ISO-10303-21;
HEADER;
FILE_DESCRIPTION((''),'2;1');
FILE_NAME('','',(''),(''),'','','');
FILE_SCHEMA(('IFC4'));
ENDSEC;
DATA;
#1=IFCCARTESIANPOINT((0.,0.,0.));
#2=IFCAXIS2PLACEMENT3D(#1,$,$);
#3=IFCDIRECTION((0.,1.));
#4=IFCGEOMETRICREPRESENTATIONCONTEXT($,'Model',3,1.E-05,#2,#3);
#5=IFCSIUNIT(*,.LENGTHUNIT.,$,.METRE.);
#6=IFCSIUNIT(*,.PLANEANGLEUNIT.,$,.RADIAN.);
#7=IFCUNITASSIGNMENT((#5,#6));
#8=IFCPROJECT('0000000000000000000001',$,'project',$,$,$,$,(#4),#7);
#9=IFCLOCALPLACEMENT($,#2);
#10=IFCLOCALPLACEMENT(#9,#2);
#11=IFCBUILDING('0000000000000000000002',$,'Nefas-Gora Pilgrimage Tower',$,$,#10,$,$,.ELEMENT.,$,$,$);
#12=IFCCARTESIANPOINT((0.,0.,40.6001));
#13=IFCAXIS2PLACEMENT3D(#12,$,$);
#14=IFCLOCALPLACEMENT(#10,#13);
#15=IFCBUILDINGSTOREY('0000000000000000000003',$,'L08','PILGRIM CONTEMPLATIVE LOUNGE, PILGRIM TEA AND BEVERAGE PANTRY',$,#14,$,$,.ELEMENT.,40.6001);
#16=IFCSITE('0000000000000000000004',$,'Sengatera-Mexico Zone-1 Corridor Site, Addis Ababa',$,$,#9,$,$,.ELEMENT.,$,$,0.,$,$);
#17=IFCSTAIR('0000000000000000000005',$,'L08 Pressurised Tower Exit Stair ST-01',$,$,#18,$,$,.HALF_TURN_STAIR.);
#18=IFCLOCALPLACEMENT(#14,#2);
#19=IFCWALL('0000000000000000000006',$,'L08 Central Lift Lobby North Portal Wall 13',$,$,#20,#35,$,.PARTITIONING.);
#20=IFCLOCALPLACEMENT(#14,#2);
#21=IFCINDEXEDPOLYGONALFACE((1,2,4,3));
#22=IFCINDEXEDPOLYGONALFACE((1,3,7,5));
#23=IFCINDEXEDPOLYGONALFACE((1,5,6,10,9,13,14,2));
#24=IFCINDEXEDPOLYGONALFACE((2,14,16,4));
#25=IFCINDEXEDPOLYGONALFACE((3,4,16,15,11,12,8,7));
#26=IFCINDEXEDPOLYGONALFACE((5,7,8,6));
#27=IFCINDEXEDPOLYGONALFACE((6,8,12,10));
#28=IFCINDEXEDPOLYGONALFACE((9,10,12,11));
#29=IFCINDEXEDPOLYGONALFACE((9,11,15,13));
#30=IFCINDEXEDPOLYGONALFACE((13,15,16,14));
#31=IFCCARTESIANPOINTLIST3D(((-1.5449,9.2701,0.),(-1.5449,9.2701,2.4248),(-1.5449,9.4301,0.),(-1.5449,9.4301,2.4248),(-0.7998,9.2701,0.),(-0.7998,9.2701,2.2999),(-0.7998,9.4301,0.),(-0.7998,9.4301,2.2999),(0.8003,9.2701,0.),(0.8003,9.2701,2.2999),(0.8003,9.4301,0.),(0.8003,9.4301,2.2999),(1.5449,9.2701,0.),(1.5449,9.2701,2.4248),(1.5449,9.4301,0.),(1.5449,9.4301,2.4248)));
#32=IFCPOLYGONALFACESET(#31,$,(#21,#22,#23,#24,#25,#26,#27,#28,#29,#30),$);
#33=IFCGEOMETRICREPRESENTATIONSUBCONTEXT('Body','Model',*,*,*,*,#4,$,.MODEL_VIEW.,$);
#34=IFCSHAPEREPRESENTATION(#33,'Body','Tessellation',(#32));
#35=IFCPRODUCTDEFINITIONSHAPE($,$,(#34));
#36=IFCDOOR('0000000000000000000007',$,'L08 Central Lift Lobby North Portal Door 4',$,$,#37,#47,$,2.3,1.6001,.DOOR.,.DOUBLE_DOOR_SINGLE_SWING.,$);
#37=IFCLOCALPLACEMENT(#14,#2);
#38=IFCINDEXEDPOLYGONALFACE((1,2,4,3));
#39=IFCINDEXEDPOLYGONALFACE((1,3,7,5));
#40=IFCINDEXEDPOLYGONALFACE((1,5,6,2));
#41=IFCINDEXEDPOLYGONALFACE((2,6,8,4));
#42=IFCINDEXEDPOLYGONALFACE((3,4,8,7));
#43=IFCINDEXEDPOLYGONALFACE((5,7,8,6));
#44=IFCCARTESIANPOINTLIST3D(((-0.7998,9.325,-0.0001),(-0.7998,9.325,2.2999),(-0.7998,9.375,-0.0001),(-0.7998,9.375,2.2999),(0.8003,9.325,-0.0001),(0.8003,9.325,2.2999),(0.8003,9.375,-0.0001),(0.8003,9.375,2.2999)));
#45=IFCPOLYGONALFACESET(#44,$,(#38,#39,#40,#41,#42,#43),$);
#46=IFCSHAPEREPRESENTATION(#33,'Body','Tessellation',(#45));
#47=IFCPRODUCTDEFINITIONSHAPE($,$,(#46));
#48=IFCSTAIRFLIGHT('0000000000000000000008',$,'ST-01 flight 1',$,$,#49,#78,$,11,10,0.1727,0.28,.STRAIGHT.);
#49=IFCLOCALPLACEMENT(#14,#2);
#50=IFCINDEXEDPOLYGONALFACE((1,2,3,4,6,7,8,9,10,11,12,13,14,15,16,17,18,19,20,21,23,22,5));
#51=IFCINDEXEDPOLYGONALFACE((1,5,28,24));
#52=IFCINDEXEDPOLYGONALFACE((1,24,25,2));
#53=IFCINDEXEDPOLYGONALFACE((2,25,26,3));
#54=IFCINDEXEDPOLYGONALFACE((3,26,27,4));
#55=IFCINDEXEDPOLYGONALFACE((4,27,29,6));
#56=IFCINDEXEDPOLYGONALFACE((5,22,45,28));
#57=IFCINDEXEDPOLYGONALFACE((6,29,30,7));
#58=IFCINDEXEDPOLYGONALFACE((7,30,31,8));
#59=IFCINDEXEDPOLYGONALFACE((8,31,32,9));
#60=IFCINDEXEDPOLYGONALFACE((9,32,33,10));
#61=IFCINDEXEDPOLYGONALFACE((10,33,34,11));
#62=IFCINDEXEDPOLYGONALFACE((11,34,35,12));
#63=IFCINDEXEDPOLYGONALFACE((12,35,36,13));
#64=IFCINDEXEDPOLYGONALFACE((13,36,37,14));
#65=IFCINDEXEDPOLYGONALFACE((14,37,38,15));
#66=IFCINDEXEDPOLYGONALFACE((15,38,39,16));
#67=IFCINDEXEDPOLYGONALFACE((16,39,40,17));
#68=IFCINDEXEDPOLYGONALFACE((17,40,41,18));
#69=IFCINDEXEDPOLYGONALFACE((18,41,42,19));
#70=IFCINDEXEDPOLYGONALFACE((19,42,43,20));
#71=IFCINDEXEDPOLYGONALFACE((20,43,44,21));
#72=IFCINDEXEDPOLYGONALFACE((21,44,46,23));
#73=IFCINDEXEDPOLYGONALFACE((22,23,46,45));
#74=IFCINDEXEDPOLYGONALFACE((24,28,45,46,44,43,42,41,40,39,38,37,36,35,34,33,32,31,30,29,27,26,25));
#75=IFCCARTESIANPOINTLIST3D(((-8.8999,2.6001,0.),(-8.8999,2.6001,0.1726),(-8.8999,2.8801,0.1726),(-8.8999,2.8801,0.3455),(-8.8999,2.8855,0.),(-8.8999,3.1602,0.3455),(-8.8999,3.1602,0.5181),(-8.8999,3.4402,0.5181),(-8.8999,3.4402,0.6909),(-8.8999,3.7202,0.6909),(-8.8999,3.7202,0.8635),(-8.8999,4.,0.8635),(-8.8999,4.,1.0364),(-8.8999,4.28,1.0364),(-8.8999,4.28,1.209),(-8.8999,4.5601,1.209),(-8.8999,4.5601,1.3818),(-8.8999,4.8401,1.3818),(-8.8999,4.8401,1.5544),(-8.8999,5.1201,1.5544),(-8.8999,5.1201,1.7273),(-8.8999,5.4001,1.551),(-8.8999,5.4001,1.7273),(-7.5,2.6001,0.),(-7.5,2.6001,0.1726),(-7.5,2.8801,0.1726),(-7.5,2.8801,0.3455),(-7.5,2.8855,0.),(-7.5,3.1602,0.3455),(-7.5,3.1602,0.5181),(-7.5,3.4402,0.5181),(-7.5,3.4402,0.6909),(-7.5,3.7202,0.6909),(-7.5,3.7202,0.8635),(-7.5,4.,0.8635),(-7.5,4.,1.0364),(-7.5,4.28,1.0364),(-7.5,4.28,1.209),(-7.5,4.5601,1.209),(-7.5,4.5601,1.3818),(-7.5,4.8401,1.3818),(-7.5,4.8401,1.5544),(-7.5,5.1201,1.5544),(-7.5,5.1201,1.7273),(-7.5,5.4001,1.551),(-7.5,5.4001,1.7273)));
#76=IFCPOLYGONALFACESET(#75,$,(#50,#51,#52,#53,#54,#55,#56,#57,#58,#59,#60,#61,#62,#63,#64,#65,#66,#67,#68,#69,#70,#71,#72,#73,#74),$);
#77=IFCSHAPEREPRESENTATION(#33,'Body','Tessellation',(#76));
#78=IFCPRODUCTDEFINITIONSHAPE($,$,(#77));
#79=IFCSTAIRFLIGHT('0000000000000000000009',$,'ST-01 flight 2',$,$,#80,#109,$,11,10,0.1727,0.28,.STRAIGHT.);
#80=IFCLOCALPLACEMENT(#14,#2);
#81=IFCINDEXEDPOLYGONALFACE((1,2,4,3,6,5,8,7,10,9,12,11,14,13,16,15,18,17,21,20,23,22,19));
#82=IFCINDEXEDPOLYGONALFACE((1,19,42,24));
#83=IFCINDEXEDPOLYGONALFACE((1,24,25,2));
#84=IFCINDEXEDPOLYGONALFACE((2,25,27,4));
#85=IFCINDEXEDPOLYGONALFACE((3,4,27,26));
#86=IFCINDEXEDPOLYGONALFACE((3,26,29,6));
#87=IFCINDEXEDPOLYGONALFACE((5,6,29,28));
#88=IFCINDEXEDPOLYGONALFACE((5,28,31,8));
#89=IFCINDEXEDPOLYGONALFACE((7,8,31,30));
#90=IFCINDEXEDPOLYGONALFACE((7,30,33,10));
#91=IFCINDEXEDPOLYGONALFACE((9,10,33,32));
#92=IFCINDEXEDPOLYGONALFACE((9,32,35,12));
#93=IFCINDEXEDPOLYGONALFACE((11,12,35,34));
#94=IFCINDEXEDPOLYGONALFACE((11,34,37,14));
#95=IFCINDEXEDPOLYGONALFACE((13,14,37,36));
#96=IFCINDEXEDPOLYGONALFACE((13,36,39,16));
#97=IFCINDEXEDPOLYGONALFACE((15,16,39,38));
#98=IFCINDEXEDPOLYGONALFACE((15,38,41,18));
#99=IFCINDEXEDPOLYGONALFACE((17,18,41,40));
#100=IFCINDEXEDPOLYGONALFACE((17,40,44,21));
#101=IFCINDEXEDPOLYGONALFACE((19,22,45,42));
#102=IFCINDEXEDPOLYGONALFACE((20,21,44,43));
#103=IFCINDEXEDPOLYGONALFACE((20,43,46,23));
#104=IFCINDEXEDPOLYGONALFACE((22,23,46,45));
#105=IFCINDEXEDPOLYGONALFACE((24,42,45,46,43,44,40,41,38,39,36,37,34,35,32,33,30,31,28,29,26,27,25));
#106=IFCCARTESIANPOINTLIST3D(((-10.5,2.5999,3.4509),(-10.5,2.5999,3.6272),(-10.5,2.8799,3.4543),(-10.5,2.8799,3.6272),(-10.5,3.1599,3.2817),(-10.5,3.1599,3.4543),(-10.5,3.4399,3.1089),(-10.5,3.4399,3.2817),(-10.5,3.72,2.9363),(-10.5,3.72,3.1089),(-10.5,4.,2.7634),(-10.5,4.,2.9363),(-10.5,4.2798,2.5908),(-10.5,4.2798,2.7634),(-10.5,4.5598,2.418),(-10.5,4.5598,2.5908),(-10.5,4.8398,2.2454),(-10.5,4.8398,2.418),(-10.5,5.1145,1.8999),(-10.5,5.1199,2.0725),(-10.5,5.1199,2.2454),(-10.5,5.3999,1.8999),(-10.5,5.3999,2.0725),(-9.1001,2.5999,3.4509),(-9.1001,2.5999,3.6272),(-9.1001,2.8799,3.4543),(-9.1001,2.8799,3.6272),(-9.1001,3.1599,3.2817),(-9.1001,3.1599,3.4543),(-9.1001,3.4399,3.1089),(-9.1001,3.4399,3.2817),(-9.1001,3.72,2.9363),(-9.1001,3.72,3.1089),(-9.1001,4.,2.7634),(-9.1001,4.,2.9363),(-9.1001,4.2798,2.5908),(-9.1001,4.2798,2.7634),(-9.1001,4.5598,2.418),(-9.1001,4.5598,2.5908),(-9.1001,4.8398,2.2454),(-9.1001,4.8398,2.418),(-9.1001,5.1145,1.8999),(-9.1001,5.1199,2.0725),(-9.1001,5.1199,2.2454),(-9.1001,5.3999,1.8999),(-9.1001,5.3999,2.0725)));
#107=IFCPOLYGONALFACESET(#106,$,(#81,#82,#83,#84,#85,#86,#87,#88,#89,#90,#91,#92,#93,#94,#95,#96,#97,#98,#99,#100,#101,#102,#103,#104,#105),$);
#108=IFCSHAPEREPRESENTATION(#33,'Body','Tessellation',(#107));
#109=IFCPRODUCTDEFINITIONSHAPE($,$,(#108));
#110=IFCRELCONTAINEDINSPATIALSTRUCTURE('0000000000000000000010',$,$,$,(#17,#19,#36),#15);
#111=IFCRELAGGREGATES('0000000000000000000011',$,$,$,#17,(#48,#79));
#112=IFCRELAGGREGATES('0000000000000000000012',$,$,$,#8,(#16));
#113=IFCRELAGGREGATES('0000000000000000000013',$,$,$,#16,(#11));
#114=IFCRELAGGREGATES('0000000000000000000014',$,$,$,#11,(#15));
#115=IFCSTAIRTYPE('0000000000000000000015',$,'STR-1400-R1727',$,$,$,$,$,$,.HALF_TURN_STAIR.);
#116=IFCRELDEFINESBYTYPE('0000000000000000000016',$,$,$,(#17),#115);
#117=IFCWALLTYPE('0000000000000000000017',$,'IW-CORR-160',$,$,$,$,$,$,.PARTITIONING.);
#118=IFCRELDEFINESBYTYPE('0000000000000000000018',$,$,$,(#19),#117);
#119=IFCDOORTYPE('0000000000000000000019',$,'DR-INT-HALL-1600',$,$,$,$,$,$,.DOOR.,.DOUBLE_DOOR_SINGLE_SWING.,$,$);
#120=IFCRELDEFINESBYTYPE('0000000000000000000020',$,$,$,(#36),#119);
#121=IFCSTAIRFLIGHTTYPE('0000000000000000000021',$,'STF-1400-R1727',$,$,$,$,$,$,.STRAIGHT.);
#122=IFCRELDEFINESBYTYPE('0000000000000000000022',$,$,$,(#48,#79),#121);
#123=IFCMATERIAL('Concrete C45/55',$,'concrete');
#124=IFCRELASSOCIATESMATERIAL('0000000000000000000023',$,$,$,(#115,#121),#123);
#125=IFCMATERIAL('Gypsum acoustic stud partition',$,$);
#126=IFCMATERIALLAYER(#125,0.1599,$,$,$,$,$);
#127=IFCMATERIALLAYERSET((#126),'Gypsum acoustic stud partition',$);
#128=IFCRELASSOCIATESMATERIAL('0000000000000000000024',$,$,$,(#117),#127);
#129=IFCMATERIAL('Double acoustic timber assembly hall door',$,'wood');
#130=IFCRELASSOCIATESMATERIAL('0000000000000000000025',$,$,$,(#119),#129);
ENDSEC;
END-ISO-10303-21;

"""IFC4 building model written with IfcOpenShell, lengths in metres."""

from ifc_helpers import new_model, si_unit, direction, frame, frame_2d, origin, place, context, subcontext, project, spatial, polyline, rectangle, outline, extrude, source, transform, mapped, material, layer, layer_set, type_object, element, fill, aggregate, save


model = new_model("IFC4")

# Units and contexts
model_context = context("Model", 3, precision=1e-05, world=origin(), true_north=direction((0.0, 1.0)))
body_context = subcontext(model_context, "Body", "Model", "MODEL_VIEW")
ifc_project = project(units=[si_unit("LENGTHUNIT", "METRE"), si_unit("PLANEANGLEUNIT", "RADIAN")], contexts=[model_context])

# Site, building, storey
site_placement = place(None, origin())
site = spatial("IfcSite", under=ifc_project, at=site_placement, Name="Sengatera-Mexico Zone-1 Corridor Site, Addis Ababa", CompositionType="ELEMENT", RefElevation=0.0)
building_placement = place(site_placement, origin())
building = spatial("IfcBuilding", under=site, at=building_placement, Name="Nefas-Gora Pilgrimage Tower", CompositionType="ELEMENT")
storey_placement = place(building_placement, frame((0.0, 0.0, 40.6001)))
storey = spatial("IfcBuildingStorey", under=building, at=storey_placement, Name="L08", Description="PILGRIM CONTEMPLATIVE LOUNGE, PILGRIM TEA AND BEVERAGE PANTRY", CompositionType="ELEMENT", Elevation=40.6001)

# Stair
ifc_material_1 = material(Name="Concrete C45/55", Category="concrete")
stair_type = type_object("IfcStairType", Name="STR-1400-R1727", PredefinedType="HALF_TURN_STAIR", material=ifc_material_1)
stair_1_placement = place(storey_placement, origin())
stair_1 = element("IfcStair", 1, at=stair_1_placement, inside=storey, type_object=stair_type, Name="L08 Pressurised Tower Exit Stair ST-01", PredefinedType="HALF_TURN_STAIR")

# Shared definitions
ifc_material_2 = material(Name="Gypsum acoustic stud partition")
ifc_layer_1 = layer(ifc_material_2, 0.1599)
ifc_layer_set_1 = layer_set([ifc_layer_1], Name="Gypsum acoustic stud partition")
wall_type_1 = type_object("IfcWallType", Name="IW-CORR-160", PredefinedType="PARTITIONING", material=ifc_layer_set_1)

# Wall, opening, door
shared_shape_1 = source(origin(), body_context, "Body", "SweptSolid", [
    extrude(rectangle(XDim=3.0898, YDim=0.1599, at=frame_2d((1.5449, 0.0))), origin(), (0.0, 0.0, 1.0), 2.4248),
])
wall_1_placement = place(storey_placement, frame((-1.5449, 9.3501, 0.0), z_axis=(0.0, 0.0, 1.0), x_axis=(1.0, 0.0, 0.0)))
wall_1 = element("IfcWall", 2, at=wall_1_placement, inside=storey, type_object=wall_type_1, Name="L08 Central Lift Lobby North Portal Wall 13", PredefinedType="PARTITIONING", context=body_context, shape_type="MappedRepresentation", body=[
    mapped(shared_shape_1, transform((0.0, 0.0, 0.0), x_axis=(1.0, 0.0, 0.0), y_axis=(0.0, 1.0, 0.0), z_axis=(0.0, 0.0, 1.0), scale=1.0)),
])
opening_1_placement = place(wall_1_placement, frame((0.7451, 0.0, 0.0)))
opening_1 = element("IfcOpeningElement", 3, at=opening_1_placement, cuts=wall_1, PredefinedType="OPENING", context=body_context, shape_type="SweptSolid", body=[
    extrude(rectangle(XDim=1.6001, YDim=2.3, at=frame_2d((0.8, 1.1499))), frame((0.0, 0.0898, 0.0), z_axis=(0.0, -1.0, 0.0), x_axis=(1.0, 0.0, 0.0)), (0.0, 0.0, 1.0), 0.1799),
])
ifc_material_3 = material(Name="Double acoustic timber assembly hall door", Category="wood")
door_type_1 = type_object("IfcDoorType", Name="DR-INT-HALL-1600", OperationType="DOUBLE_DOOR_SINGLE_SWING", PredefinedType="DOOR", material=ifc_material_3)
shared_shape_2 = source(origin(), body_context, "Body", "SweptSolid", [
    extrude(rectangle(XDim=1.6001, YDim=2.3, at=frame_2d((0.8, 1.1499))), frame((0.0, 0.0249, 0.0), z_axis=(0.0, -1.0, 0.0), x_axis=(1.0, 0.0, 0.0)), (0.0, 0.0, 1.0), 0.05),
])
door_1_placement = place(opening_1_placement, origin())
door_1 = element("IfcDoor", 4, at=door_1_placement, inside=storey, type_object=door_type_1, Name="L08 Central Lift Lobby North Portal Door 4", OperationType="DOUBLE_DOOR_SINGLE_SWING", OverallHeight=2.3, OverallWidth=1.6001, PredefinedType="DOOR", context=body_context, shape_type="MappedRepresentation", body=[
    mapped(shared_shape_2, transform((0.0, 0.0, 0.0), x_axis=(1.0, 0.0, 0.0), y_axis=(0.0, 1.0, 0.0), z_axis=(0.0, 0.0, 1.0), scale=1.0)),
])
fill(opening_1, door_1)

# Stair flights
stair_flight_type = type_object("IfcStairFlightType", Name="STF-1400-R1727", PredefinedType="STRAIGHT", material=ifc_material_1)
shared_shape_3 = source(origin(), body_context, "Body", "SweptSolid", [
    extrude(outline(polyline([(0.0, 0.0), (0.0, 0.1726), (0.28, 0.1726), (0.28, 0.3455), (0.5601, 0.3455), (0.5601, 0.5181), (0.8401, 0.5181), (0.8401, 0.6909), (1.1201, 0.6909), (1.1201, 0.8635), (1.3999, 0.8635), (1.3999, 1.0364), (1.6799, 1.0364), (1.6799, 1.209), (1.96, 1.209), (1.96, 1.3818), (2.24, 1.3818), (2.24, 1.5544), (2.52, 1.5544), (2.52, 1.7273), (2.8, 1.7273), (2.8, 1.8999), (2.8, 1.551), (0.2854, 0.0), (0.0, 0.0)])), frame((0.0, 0.7, 0.0), z_axis=(0.0, -1.0, 0.0), x_axis=(1.0, 0.0, 0.0)), (0.0, 0.0, 1.0), 1.3999),
])
stair_flight_1_placement = place(storey_placement, frame((-8.2, 2.6001, 0.0), z_axis=(0.0, 0.0, 1.0), x_axis=(0.0, 1.0, 0.0)))
stair_flight_1 = element("IfcStairFlight", 5, at=stair_flight_1_placement, type_object=stair_flight_type, Name="ST-01 flight 1", NumberOfRisers=11, NumberOfTreads=10, PredefinedType="STRAIGHT", RiserHeight=0.1727, TreadLength=0.28, context=body_context, shape_type="MappedRepresentation", body=[
    mapped(shared_shape_3, transform((0.0, 0.0, 0.0), x_axis=(1.0, 0.0, 0.0), y_axis=(0.0, 1.0, 0.0), z_axis=(0.0, 0.0, 1.0), scale=1.0)),
])
stair_flight_2_placement = place(storey_placement, frame((-9.8, 5.3999, 1.8999), z_axis=(0.0, 0.0, 1.0), x_axis=(0.0, -1.0, 0.0)))
stair_flight_2 = element("IfcStairFlight", 6, at=stair_flight_2_placement, type_object=stair_flight_type, Name="ST-01 flight 2", NumberOfRisers=11, NumberOfTreads=10, PredefinedType="STRAIGHT", RiserHeight=0.1727, TreadLength=0.28, context=body_context, shape_type="MappedRepresentation", body=[
    mapped(shared_shape_3, transform((0.0, 0.0, 0.0), x_axis=(1.0, 0.0, 0.0), y_axis=(0.0, 1.0, 0.0), z_axis=(0.0, 0.0, 1.0), scale=1.0)),
])
aggregate(stair_1, [stair_flight_1, stair_flight_2])

save(model, "model.ifc")
